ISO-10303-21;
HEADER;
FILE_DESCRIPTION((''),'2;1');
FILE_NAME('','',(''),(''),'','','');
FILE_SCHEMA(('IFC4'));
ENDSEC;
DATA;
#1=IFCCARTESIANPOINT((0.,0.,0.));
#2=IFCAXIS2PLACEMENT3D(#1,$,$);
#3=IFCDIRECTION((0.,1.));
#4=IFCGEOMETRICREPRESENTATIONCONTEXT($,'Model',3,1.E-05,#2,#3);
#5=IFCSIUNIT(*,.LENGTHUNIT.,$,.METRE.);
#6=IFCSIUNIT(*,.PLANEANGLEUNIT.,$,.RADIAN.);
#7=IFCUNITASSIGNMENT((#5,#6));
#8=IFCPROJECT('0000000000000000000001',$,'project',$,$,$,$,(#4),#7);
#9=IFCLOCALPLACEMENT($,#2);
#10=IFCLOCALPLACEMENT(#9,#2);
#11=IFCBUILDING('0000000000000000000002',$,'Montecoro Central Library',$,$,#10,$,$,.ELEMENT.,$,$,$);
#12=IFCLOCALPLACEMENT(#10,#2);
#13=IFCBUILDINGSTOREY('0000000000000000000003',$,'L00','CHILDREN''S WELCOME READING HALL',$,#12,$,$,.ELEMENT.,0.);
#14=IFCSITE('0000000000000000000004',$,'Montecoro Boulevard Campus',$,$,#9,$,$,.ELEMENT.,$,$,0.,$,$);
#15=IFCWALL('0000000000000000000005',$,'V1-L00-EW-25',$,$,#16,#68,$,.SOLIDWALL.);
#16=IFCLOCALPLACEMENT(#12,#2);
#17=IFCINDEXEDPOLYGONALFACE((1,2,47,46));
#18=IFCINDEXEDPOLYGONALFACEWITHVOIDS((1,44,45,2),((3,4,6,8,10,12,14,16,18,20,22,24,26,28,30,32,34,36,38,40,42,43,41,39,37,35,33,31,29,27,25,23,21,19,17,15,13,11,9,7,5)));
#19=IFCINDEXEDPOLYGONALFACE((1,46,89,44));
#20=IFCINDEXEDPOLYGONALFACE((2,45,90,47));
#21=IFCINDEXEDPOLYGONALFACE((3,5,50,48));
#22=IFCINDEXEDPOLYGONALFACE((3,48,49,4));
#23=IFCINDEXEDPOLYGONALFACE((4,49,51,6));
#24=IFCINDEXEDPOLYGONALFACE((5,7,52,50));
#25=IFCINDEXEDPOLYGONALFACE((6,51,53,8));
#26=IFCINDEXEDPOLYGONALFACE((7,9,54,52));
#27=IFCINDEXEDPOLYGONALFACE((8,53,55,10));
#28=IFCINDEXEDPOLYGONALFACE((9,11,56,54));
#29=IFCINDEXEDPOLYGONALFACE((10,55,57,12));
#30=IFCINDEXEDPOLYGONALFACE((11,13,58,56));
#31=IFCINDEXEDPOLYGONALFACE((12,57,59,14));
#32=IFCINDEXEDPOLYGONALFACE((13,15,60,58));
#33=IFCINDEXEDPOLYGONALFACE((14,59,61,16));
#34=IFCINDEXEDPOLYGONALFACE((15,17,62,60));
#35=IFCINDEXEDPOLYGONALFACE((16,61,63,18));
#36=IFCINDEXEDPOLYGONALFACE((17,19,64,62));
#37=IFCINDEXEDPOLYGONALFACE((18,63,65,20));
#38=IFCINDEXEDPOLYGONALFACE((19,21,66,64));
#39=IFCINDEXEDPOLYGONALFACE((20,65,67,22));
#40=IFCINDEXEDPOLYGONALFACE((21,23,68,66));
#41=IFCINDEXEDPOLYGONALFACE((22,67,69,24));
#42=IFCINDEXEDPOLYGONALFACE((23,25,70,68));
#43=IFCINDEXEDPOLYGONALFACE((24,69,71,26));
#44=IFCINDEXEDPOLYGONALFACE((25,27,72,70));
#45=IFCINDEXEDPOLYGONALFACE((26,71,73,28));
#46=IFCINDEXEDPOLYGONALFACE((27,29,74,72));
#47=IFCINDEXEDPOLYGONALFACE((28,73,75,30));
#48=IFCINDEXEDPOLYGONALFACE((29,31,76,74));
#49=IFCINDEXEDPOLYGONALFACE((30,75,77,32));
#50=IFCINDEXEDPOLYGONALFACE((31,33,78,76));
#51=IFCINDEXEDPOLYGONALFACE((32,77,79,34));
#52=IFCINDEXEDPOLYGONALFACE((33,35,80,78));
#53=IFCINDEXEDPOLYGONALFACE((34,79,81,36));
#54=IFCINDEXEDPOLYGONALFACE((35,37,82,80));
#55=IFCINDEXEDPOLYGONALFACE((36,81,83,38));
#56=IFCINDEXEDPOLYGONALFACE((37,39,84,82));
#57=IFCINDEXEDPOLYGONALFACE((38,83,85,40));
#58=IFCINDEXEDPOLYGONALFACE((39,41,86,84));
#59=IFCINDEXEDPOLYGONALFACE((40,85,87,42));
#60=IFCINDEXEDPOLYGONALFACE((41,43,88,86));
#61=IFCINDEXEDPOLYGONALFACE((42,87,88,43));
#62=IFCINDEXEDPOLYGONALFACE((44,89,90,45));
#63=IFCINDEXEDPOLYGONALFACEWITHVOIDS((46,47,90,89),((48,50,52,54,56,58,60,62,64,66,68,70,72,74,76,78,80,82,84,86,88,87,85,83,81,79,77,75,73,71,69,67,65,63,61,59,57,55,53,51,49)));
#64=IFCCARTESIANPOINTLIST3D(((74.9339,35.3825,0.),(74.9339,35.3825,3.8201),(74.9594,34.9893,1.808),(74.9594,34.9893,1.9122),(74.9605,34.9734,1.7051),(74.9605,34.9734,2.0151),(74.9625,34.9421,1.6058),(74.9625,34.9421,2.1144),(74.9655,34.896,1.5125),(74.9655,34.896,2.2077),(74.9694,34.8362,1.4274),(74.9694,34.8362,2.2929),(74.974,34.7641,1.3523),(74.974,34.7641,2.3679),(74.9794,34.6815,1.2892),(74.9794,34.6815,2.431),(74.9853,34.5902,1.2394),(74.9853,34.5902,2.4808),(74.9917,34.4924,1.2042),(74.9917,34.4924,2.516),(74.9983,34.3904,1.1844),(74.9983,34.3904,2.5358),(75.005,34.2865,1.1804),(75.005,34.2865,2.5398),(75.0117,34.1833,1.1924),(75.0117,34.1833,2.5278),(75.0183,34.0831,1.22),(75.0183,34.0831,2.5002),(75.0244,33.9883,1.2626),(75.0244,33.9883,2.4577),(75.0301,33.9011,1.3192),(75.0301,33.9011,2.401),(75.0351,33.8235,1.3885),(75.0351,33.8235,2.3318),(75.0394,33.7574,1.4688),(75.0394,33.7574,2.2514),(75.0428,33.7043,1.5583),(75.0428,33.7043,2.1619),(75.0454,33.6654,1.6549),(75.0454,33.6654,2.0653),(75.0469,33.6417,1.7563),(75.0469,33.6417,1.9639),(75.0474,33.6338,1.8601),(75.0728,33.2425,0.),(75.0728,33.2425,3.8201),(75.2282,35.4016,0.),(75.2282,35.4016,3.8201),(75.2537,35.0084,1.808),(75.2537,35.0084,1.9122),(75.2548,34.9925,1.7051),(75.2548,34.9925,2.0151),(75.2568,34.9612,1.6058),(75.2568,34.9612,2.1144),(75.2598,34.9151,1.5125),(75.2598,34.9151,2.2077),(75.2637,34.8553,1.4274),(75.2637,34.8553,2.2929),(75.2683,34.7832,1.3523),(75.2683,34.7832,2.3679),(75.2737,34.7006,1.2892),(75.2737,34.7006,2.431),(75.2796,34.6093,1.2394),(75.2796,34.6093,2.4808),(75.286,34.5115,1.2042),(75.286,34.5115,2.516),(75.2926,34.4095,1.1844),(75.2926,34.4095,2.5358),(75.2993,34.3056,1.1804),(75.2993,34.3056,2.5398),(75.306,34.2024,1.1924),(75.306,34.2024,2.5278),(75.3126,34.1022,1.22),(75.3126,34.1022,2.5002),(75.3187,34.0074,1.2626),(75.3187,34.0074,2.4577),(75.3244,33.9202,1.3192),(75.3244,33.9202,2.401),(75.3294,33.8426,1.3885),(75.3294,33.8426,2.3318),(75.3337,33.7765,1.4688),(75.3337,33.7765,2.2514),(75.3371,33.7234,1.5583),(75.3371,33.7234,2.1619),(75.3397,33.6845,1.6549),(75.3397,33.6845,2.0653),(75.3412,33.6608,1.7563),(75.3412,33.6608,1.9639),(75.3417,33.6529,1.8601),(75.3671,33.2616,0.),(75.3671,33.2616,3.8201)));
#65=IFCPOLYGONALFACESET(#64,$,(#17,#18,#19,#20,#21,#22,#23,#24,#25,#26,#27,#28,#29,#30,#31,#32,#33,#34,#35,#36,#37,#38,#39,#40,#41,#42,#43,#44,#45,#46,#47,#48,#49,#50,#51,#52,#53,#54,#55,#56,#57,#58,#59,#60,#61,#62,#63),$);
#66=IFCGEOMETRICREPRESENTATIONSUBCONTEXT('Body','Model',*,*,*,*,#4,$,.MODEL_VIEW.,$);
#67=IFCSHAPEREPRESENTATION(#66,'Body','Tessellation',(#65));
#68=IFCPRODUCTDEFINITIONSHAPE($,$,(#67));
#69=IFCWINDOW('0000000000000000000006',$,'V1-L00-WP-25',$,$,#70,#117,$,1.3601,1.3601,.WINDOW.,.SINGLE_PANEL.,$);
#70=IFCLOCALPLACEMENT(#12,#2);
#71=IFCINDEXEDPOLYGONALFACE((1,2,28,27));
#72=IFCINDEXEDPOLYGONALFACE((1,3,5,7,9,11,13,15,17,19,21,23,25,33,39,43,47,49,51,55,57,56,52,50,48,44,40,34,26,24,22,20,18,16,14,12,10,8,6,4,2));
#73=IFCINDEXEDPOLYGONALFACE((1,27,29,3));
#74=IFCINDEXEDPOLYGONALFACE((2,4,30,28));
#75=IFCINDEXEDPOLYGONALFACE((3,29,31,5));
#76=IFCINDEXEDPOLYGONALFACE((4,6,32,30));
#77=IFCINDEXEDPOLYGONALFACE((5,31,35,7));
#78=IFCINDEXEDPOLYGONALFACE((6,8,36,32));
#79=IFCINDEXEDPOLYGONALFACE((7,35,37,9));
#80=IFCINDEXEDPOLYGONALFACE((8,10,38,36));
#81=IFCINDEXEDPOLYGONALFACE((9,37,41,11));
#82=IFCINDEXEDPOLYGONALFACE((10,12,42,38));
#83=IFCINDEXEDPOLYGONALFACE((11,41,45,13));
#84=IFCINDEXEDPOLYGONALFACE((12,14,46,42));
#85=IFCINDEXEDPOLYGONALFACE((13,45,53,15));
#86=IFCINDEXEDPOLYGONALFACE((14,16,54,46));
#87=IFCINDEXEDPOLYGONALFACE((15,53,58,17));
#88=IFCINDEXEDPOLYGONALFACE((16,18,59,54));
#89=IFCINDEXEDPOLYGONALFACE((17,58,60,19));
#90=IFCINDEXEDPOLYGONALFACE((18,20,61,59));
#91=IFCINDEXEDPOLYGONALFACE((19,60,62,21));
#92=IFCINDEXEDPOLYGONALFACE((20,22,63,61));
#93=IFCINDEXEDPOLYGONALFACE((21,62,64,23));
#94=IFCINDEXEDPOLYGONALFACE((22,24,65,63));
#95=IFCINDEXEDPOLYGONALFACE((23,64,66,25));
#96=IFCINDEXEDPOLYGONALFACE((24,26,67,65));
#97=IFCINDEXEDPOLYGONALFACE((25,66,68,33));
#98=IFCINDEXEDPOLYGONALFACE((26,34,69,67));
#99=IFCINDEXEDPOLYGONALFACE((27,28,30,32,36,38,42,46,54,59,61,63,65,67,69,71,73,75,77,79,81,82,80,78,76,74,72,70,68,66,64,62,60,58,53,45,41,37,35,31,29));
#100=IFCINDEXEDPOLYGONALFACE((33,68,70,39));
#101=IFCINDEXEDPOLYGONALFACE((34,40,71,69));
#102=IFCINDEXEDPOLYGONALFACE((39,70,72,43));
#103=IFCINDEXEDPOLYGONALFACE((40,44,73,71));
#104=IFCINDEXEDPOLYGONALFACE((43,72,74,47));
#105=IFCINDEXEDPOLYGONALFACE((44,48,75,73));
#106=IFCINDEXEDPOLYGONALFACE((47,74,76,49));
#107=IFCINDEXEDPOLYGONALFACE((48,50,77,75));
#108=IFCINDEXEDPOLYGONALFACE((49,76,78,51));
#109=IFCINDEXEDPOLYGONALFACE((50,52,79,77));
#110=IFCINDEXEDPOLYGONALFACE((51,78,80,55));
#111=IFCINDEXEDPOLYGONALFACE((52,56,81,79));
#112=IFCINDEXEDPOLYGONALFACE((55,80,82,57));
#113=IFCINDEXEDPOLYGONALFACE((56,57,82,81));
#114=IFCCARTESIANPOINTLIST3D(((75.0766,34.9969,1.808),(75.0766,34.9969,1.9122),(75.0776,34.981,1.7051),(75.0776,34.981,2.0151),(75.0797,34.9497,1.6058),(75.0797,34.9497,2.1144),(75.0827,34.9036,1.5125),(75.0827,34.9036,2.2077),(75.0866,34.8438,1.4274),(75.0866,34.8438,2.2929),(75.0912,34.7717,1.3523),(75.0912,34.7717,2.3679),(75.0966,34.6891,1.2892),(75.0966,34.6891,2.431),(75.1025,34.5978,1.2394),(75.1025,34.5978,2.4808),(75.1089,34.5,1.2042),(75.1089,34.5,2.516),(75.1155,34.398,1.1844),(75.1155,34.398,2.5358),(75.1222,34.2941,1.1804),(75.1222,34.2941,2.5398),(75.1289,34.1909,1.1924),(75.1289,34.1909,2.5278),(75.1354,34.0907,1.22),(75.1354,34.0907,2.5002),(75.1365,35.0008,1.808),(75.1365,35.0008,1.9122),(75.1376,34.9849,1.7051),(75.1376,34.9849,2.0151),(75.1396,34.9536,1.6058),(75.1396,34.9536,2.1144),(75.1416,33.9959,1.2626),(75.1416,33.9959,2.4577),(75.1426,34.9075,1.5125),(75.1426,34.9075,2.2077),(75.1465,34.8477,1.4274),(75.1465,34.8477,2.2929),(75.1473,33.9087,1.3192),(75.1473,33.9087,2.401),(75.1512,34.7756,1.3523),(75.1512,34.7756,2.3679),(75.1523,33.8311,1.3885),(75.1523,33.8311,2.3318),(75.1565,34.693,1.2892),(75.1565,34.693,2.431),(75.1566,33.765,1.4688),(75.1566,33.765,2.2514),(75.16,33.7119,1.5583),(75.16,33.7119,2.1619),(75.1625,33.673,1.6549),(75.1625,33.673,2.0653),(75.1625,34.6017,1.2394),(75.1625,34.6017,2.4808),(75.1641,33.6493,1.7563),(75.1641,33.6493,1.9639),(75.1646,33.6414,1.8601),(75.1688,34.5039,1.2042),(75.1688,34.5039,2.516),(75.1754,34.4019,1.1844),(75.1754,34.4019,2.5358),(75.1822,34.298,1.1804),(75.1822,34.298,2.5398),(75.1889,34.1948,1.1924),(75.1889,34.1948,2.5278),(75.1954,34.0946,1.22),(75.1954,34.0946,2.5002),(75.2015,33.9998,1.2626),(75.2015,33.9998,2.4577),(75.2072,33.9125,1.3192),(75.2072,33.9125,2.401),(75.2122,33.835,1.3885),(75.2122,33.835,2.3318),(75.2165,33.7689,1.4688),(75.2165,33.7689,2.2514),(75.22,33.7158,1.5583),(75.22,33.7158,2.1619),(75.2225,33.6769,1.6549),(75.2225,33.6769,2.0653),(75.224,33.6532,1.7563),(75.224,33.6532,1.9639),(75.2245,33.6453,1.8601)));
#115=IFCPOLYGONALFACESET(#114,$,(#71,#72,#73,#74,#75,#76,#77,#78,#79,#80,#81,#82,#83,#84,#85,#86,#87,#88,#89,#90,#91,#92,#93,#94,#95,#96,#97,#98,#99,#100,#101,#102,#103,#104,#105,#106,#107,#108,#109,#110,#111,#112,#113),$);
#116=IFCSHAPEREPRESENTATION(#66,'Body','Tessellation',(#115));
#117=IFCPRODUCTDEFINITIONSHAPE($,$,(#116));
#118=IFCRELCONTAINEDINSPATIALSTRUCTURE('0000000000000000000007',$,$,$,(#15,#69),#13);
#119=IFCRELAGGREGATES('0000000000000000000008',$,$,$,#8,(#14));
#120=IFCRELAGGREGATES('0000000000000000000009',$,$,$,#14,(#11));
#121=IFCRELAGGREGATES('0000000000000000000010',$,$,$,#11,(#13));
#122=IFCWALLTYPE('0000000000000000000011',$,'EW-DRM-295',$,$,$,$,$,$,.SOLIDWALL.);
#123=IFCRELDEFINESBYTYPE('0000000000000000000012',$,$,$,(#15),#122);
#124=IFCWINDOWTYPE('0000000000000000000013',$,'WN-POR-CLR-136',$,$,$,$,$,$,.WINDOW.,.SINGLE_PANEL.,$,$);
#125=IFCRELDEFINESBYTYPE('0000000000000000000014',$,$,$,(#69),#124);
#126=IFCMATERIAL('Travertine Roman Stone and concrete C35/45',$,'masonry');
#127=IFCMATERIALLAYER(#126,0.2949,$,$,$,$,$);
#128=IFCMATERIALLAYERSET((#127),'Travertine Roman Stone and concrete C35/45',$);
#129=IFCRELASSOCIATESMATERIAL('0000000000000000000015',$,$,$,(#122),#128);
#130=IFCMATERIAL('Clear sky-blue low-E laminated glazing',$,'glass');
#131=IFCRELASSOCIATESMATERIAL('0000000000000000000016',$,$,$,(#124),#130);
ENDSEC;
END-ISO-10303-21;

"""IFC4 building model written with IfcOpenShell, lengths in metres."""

from ifc_helpers import new_model, si_unit, direction, frame, frame_2d, origin, place, context, subcontext, project, spatial, rectangle, circle, extrude, material, layer, layer_set, type_object, element, fill, save


model = new_model("IFC4")

# Units and contexts
model_context = context("Model", 3, precision=1e-05, world=origin(), true_north=direction((0.0, 1.0)))
body_context = subcontext(model_context, "Body", "Model", "MODEL_VIEW")
ifc_project = project(units=[si_unit("LENGTHUNIT", "METRE"), si_unit("PLANEANGLEUNIT", "RADIAN")], contexts=[model_context])

# Site, building, storey
site_placement = place(None, origin())
site = spatial("IfcSite", under=ifc_project, at=site_placement, Name="Montecoro Boulevard Campus", CompositionType="ELEMENT", RefElevation=0.0)
building_placement = place(site_placement, origin())
building = spatial("IfcBuilding", under=site, at=building_placement, Name="Montecoro Central Library", CompositionType="ELEMENT")
storey_placement = place(building_placement, origin())
storey = spatial("IfcBuildingStorey", under=building, at=storey_placement, Name="L00", Description="CHILDREN'S WELCOME READING HALL", CompositionType="ELEMENT", Elevation=0.0)

# Wall, opening, window
ifc_material_1 = material(Name="Travertine Roman Stone and concrete C35/45", Category="masonry")
ifc_layer_1 = layer(ifc_material_1, 0.2949)
ifc_layer_set_1 = layer_set([ifc_layer_1], Name="Travertine Roman Stone and concrete C35/45")
wall_type = type_object("IfcWallType", Name="EW-DRM-295", PredefinedType="SOLIDWALL", material=ifc_layer_set_1)
wall_1_placement = place(storey_placement, frame((75.0811, 35.3921, 0.0), z_axis=(0.0, 0.0, 1.0), x_axis=(0.064774, -0.9979, 0.0)))
wall_1 = element("IfcWall", 1, at=wall_1_placement, inside=storey, type_object=wall_type, Name="V1-L00-EW-25", PredefinedType="SOLIDWALL", context=body_context, shape_type="SweptSolid", body=[
    extrude(rectangle(XDim=2.1445, YDim=0.2949, at=frame_2d((1.0723, 0.0))), origin(), (0.0, 0.0, 1.0), 3.8201),
])
opening_1_placement = place(wall_1_placement, frame((0.3921, 0.0, 1.1799)))
opening_1 = element("IfcOpeningElement", 2, at=opening_1_placement, cuts=wall_1, PredefinedType="OPENING", context=body_context, shape_type="SweptSolid", body=[
    extrude(circle(Radius=0.6802, at=frame_2d((0.6802, 0.6802))), frame((0.0, 0.1575, 0.0), z_axis=(0.0, -1.0, 0.0), x_axis=(1.0, 0.0, 0.0)), (0.0, 0.0, 1.0), 0.3149),
])
ifc_material_2 = material(Name="Clear sky-blue low-E laminated glazing", Category="glass")
window_type_1 = type_object("IfcWindowType", Name="WN-POR-CLR-136", PartitioningType="SINGLE_PANEL", PredefinedType="WINDOW", material=ifc_material_2)
window_1_placement = place(opening_1_placement, origin())
window_1 = element("IfcWindow", 3, at=window_1_placement, inside=storey, type_object=window_type_1, Name="V1-L00-WP-25", OverallHeight=1.3601, OverallWidth=1.3601, PartitioningType="SINGLE_PANEL", PredefinedType="WINDOW", context=body_context, shape_type="SweptSolid", body=[
    extrude(circle(Radius=0.6802, at=frame_2d((0.6802, 0.6802))), frame((0.0, 0.03, 0.0), z_axis=(0.0, -1.0, 0.0), x_axis=(1.0, 0.0, 0.0)), (0.0, 0.0, 1.0), 0.0601),
])
fill(opening_1, window_1)

save(model, "model.ifc")
